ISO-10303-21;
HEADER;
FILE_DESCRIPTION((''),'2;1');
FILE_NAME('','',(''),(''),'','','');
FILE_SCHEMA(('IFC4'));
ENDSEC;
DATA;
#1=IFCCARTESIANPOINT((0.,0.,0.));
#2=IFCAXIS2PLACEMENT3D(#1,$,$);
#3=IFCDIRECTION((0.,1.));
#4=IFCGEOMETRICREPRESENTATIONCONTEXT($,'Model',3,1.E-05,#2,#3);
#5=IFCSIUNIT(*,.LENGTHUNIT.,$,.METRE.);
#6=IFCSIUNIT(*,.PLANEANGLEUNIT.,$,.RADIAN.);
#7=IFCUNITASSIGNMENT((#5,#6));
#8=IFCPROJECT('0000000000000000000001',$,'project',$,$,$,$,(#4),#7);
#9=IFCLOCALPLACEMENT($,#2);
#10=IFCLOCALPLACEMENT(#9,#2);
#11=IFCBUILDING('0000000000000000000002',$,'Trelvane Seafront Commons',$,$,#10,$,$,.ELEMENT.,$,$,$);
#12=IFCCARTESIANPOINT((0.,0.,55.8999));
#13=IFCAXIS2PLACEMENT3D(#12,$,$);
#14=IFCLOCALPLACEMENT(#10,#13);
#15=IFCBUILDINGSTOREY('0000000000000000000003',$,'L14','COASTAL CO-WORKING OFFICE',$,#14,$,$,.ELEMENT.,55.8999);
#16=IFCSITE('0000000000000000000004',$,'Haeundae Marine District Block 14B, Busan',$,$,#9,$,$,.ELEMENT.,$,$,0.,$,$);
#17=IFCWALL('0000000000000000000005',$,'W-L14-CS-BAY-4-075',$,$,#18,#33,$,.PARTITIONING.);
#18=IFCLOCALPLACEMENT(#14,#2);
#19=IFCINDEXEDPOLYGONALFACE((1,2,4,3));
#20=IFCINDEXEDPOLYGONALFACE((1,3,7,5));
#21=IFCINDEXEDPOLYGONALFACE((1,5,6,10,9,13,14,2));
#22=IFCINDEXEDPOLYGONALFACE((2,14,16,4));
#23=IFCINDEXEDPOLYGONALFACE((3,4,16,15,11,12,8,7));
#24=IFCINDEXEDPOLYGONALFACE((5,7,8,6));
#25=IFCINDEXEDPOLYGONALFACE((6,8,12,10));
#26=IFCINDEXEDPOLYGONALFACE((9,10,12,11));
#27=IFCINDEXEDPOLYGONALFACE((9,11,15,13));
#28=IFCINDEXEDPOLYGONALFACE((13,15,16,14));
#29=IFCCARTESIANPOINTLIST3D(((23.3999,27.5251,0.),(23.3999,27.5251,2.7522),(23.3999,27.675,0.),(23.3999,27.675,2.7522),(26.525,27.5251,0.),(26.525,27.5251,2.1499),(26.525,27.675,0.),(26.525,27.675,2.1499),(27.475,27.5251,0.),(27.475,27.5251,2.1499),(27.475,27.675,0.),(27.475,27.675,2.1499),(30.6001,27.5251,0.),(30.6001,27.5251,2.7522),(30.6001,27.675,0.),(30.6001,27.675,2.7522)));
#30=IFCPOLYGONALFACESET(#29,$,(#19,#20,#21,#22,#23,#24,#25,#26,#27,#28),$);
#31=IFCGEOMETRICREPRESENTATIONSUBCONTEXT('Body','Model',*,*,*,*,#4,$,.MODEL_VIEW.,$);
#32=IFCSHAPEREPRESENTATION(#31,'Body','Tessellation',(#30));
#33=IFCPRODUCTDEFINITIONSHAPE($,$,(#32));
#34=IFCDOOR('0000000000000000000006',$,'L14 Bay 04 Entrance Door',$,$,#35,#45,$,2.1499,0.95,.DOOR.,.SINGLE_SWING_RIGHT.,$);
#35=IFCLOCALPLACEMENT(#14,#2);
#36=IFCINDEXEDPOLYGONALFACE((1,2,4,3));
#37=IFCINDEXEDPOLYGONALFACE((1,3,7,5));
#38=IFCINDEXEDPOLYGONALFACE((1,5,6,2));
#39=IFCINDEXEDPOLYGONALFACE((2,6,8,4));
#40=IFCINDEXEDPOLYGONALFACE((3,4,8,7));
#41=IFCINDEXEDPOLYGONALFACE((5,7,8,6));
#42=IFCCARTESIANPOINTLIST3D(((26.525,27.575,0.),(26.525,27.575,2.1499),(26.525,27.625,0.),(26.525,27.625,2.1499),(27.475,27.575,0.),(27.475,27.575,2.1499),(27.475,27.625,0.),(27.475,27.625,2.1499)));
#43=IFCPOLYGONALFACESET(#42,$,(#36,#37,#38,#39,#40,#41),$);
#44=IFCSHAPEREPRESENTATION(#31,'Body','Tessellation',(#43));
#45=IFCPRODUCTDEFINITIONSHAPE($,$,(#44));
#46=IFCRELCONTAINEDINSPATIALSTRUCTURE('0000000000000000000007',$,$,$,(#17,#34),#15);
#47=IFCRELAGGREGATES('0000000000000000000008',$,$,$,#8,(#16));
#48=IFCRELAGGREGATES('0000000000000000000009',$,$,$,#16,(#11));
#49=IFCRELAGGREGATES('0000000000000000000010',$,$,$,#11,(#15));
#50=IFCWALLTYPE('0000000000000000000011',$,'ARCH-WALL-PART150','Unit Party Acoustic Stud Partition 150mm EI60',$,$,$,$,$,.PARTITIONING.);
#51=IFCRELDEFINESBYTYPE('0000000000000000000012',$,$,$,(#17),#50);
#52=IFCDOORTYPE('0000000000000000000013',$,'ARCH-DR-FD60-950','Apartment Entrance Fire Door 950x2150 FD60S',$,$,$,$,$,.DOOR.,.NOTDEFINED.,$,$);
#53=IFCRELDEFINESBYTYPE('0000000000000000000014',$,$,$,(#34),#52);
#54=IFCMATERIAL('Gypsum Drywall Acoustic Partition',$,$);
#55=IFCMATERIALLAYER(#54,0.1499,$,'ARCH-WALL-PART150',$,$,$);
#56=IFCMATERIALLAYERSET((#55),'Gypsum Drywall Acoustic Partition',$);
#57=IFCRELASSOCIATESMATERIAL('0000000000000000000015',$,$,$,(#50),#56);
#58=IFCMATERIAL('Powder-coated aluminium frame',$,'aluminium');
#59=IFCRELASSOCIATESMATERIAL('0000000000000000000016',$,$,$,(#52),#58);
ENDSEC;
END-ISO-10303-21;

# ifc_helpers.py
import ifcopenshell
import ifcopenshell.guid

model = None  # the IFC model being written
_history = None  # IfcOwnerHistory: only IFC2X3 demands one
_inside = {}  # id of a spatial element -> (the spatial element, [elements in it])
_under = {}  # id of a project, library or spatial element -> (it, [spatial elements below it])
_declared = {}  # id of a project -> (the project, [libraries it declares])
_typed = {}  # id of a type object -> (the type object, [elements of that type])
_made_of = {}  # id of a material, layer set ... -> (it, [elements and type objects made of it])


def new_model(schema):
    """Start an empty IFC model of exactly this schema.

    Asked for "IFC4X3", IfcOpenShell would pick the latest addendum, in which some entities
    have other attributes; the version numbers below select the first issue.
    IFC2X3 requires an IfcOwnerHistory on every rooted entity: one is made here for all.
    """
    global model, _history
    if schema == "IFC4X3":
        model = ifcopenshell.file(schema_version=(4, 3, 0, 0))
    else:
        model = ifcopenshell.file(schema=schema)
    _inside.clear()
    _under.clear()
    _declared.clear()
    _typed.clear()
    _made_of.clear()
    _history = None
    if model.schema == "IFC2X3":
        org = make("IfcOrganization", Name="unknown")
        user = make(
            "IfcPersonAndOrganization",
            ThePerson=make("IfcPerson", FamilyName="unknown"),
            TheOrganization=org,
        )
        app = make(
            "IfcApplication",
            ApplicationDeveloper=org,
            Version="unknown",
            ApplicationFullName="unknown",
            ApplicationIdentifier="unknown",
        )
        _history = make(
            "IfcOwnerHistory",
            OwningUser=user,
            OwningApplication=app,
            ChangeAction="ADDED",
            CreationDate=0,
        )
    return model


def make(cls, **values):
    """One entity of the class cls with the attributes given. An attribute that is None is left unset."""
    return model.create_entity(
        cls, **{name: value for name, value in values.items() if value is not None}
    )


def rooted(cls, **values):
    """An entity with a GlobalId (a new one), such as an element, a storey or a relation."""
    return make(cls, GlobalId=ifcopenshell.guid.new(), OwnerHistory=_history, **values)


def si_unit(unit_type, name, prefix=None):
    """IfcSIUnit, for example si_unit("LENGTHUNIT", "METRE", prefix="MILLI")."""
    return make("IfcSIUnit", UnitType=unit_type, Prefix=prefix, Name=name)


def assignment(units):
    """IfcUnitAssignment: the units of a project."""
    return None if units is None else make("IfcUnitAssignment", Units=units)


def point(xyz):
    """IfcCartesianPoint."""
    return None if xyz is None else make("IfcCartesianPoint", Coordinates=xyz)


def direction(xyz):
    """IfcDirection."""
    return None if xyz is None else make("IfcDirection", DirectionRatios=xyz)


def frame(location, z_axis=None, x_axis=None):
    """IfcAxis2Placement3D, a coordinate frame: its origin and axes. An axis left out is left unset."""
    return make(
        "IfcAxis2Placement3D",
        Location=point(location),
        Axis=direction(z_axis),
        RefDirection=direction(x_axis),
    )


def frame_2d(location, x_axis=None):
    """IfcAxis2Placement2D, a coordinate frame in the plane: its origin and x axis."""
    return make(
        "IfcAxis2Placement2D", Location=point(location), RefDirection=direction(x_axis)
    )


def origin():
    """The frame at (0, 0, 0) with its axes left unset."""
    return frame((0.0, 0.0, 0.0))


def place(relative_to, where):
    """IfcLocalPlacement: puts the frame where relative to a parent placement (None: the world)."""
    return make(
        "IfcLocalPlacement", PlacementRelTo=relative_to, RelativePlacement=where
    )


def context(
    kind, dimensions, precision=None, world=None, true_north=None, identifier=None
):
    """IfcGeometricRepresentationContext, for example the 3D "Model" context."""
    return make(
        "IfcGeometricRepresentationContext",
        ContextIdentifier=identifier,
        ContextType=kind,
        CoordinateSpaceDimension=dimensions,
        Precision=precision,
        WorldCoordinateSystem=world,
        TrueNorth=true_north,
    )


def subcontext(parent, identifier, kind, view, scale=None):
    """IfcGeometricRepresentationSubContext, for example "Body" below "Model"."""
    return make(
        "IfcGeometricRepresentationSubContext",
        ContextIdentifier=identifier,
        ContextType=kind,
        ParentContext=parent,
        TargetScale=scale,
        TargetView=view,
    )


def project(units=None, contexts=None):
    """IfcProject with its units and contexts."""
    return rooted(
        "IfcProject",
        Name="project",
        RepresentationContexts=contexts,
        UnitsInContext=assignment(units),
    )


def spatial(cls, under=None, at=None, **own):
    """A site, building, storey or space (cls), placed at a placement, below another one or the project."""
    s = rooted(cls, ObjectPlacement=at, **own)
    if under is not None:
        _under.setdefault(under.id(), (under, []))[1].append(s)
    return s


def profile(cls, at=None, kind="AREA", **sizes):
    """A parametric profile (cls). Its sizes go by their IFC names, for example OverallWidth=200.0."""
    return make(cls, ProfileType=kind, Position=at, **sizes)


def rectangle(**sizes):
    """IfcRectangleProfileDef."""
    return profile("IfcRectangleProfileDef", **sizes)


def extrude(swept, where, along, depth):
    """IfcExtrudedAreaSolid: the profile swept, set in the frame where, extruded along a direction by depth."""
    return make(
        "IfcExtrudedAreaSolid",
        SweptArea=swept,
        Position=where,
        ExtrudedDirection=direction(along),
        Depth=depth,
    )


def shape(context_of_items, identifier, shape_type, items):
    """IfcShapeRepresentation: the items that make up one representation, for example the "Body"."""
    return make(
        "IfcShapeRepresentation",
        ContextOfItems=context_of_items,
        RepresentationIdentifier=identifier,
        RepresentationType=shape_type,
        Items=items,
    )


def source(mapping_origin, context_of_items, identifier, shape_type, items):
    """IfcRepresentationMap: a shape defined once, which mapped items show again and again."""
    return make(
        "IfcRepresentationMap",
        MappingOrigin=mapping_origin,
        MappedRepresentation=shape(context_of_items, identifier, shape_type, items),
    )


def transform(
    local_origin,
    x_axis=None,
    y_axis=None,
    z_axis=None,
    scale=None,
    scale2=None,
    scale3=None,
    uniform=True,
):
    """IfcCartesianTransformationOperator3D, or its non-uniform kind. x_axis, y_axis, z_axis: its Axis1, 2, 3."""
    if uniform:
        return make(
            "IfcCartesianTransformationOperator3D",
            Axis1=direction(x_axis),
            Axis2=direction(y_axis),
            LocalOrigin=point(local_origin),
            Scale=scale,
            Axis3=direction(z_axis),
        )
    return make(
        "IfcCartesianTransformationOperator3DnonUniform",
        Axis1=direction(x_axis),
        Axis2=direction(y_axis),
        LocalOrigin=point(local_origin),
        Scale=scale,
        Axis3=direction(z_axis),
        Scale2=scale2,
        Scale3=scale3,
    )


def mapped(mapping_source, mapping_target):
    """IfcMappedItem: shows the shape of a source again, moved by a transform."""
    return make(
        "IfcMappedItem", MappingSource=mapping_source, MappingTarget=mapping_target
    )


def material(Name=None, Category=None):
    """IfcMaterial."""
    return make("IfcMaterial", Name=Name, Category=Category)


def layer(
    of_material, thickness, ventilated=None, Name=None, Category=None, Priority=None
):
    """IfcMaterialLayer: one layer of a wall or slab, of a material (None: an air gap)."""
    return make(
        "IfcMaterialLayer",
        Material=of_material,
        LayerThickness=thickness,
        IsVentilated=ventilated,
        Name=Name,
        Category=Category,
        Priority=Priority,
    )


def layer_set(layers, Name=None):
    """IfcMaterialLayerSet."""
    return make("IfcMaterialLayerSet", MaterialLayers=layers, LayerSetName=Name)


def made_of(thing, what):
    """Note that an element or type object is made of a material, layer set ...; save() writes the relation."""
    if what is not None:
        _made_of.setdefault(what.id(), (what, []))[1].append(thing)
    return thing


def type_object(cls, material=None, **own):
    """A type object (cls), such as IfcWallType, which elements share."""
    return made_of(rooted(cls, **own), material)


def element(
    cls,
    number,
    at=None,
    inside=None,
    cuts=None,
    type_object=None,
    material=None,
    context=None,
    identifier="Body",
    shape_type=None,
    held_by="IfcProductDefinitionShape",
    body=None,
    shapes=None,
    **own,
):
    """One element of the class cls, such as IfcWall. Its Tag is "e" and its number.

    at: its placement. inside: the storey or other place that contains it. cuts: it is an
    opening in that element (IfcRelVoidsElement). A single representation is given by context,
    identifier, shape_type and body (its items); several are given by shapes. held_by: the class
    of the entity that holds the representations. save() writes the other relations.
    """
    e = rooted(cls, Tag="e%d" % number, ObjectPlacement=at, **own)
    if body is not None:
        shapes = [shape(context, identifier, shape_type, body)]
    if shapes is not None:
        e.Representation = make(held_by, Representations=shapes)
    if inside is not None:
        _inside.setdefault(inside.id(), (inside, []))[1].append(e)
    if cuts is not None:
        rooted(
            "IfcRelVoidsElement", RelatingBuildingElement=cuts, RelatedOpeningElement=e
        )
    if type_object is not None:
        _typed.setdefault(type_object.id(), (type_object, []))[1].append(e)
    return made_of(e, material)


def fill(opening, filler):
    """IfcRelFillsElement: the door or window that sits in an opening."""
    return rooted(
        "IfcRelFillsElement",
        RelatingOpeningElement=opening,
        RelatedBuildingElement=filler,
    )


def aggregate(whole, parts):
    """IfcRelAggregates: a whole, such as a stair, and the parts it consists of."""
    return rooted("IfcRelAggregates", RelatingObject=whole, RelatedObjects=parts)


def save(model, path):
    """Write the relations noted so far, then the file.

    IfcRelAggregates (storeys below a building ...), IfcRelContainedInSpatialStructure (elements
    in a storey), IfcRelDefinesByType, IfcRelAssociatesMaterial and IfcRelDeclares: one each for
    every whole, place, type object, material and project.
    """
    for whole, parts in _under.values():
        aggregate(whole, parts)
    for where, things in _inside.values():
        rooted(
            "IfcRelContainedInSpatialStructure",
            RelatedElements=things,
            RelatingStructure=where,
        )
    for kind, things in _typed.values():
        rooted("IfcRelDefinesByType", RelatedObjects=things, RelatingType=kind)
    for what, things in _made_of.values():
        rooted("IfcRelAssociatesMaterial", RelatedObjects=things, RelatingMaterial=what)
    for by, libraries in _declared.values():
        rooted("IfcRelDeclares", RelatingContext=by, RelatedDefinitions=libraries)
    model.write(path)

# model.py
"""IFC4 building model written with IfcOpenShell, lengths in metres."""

from ifc_helpers import new_model, si_unit, direction, frame, frame_2d, origin, place, context, subcontext, project, spatial, rectangle, extrude, source, transform, mapped, material, layer, layer_set, type_object, element, fill, save


model = new_model("IFC4")

# Units and contexts
model_context = context("Model", 3, precision=1e-05, world=origin(), true_north=direction((0.0, 1.0)))
body_context = subcontext(model_context, "Body", "Model", "MODEL_VIEW")
ifc_project = project(units=[si_unit("LENGTHUNIT", "METRE"), si_unit("PLANEANGLEUNIT", "RADIAN")], contexts=[model_context])

# Site, building, storey
site_placement = place(None, origin())
site = spatial("IfcSite", under=ifc_project, at=site_placement, Name="Haeundae Marine District Block 14B, Busan", CompositionType="ELEMENT", RefElevation=0.0)
building_placement = place(site_placement, origin())
building = spatial("IfcBuilding", under=site, at=building_placement, Name="Trelvane Seafront Commons", CompositionType="ELEMENT")
storey_placement = place(building_placement, frame((0.0, 0.0, 55.8999)))
storey = spatial("IfcBuildingStorey", under=building, at=storey_placement, Name="L14", Description="COASTAL CO-WORKING OFFICE", CompositionType="ELEMENT", Elevation=55.8999)

# Shared definitions
ifc_material_1 = material(Name="Gypsum Drywall Acoustic Partition")
shared_shape_1 = source(origin(), body_context, "Body", "SweptSolid", [
    extrude(rectangle(XDim=0.95, YDim=2.1499, at=frame_2d((0.4751, 1.075))), frame((0.0, 0.0249, 0.0), z_axis=(0.0, -1.0, 0.0), x_axis=(1.0, 0.0, 0.0)), (0.0, 0.0, 1.0), 0.05),
])

# Wall, opening, door
ifc_layer_1 = layer(ifc_material_1, 0.1499, Name="ARCH-WALL-PART150")
ifc_layer_set_1 = layer_set([ifc_layer_1], Name="Gypsum Drywall Acoustic Partition")
wall_type_1 = type_object("IfcWallType", Name="ARCH-WALL-PART150", Description="Unit Party Acoustic Stud Partition 150mm EI60", PredefinedType="PARTITIONING", material=ifc_layer_set_1)
ifc_material_2 = material(Name="Powder-coated aluminium frame", Category="aluminium")
door_type_1 = type_object("IfcDoorType", Name="ARCH-DR-FD60-950", Description="Apartment Entrance Fire Door 950x2150 FD60S", OperationType="NOTDEFINED", PredefinedType="DOOR", material=ifc_material_2)
wall_1_placement = place(storey_placement, frame((23.3999, 27.6001, 0.0), z_axis=(0.0, 0.0, 1.0), x_axis=(1.0, 0.0, 0.0)))
wall_1 = element("IfcWall", 1, at=wall_1_placement, inside=storey, type_object=wall_type_1, Name="W-L14-CS-BAY-4-075", PredefinedType="PARTITIONING", context=body_context, shape_type="SweptSolid", body=[
    extrude(rectangle(XDim=7.2002, YDim=0.1499, at=frame_2d((3.6001, 0.0))), origin(), (0.0, 0.0, 1.0), 2.7522),
])
opening_1_placement = place(wall_1_placement, frame((3.125, 0.0, 0.0)))
opening_1 = element("IfcOpeningElement", 2, at=opening_1_placement, cuts=wall_1, PredefinedType="OPENING", context=body_context, shape_type="SweptSolid", body=[
    extrude(rectangle(XDim=0.95, YDim=2.1499, at=frame_2d((0.4751, 1.075))), frame((0.0, 0.085, 0.0), z_axis=(0.0, -1.0, 0.0), x_axis=(1.0, 0.0, 0.0)), (0.0, 0.0, 1.0), 0.1699),
])
door_1_placement = place(opening_1_placement, origin())
door_1 = element("IfcDoor", 3, at=door_1_placement, inside=storey, type_object=door_type_1, Name="L14 Bay 04 Entrance Door", OperationType="SINGLE_SWING_RIGHT", OverallHeight=2.1499, OverallWidth=0.95, PredefinedType="DOOR", context=body_context, shape_type="MappedRepresentation", body=[
    mapped(shared_shape_1, transform((0.0, 0.0, 0.0), x_axis=(1.0, 0.0, 0.0), y_axis=(0.0, 1.0, 0.0), z_axis=(0.0, 0.0, 1.0), scale=1.0)),
])
fill(opening_1, door_1)

save(model, "model.ifc")
